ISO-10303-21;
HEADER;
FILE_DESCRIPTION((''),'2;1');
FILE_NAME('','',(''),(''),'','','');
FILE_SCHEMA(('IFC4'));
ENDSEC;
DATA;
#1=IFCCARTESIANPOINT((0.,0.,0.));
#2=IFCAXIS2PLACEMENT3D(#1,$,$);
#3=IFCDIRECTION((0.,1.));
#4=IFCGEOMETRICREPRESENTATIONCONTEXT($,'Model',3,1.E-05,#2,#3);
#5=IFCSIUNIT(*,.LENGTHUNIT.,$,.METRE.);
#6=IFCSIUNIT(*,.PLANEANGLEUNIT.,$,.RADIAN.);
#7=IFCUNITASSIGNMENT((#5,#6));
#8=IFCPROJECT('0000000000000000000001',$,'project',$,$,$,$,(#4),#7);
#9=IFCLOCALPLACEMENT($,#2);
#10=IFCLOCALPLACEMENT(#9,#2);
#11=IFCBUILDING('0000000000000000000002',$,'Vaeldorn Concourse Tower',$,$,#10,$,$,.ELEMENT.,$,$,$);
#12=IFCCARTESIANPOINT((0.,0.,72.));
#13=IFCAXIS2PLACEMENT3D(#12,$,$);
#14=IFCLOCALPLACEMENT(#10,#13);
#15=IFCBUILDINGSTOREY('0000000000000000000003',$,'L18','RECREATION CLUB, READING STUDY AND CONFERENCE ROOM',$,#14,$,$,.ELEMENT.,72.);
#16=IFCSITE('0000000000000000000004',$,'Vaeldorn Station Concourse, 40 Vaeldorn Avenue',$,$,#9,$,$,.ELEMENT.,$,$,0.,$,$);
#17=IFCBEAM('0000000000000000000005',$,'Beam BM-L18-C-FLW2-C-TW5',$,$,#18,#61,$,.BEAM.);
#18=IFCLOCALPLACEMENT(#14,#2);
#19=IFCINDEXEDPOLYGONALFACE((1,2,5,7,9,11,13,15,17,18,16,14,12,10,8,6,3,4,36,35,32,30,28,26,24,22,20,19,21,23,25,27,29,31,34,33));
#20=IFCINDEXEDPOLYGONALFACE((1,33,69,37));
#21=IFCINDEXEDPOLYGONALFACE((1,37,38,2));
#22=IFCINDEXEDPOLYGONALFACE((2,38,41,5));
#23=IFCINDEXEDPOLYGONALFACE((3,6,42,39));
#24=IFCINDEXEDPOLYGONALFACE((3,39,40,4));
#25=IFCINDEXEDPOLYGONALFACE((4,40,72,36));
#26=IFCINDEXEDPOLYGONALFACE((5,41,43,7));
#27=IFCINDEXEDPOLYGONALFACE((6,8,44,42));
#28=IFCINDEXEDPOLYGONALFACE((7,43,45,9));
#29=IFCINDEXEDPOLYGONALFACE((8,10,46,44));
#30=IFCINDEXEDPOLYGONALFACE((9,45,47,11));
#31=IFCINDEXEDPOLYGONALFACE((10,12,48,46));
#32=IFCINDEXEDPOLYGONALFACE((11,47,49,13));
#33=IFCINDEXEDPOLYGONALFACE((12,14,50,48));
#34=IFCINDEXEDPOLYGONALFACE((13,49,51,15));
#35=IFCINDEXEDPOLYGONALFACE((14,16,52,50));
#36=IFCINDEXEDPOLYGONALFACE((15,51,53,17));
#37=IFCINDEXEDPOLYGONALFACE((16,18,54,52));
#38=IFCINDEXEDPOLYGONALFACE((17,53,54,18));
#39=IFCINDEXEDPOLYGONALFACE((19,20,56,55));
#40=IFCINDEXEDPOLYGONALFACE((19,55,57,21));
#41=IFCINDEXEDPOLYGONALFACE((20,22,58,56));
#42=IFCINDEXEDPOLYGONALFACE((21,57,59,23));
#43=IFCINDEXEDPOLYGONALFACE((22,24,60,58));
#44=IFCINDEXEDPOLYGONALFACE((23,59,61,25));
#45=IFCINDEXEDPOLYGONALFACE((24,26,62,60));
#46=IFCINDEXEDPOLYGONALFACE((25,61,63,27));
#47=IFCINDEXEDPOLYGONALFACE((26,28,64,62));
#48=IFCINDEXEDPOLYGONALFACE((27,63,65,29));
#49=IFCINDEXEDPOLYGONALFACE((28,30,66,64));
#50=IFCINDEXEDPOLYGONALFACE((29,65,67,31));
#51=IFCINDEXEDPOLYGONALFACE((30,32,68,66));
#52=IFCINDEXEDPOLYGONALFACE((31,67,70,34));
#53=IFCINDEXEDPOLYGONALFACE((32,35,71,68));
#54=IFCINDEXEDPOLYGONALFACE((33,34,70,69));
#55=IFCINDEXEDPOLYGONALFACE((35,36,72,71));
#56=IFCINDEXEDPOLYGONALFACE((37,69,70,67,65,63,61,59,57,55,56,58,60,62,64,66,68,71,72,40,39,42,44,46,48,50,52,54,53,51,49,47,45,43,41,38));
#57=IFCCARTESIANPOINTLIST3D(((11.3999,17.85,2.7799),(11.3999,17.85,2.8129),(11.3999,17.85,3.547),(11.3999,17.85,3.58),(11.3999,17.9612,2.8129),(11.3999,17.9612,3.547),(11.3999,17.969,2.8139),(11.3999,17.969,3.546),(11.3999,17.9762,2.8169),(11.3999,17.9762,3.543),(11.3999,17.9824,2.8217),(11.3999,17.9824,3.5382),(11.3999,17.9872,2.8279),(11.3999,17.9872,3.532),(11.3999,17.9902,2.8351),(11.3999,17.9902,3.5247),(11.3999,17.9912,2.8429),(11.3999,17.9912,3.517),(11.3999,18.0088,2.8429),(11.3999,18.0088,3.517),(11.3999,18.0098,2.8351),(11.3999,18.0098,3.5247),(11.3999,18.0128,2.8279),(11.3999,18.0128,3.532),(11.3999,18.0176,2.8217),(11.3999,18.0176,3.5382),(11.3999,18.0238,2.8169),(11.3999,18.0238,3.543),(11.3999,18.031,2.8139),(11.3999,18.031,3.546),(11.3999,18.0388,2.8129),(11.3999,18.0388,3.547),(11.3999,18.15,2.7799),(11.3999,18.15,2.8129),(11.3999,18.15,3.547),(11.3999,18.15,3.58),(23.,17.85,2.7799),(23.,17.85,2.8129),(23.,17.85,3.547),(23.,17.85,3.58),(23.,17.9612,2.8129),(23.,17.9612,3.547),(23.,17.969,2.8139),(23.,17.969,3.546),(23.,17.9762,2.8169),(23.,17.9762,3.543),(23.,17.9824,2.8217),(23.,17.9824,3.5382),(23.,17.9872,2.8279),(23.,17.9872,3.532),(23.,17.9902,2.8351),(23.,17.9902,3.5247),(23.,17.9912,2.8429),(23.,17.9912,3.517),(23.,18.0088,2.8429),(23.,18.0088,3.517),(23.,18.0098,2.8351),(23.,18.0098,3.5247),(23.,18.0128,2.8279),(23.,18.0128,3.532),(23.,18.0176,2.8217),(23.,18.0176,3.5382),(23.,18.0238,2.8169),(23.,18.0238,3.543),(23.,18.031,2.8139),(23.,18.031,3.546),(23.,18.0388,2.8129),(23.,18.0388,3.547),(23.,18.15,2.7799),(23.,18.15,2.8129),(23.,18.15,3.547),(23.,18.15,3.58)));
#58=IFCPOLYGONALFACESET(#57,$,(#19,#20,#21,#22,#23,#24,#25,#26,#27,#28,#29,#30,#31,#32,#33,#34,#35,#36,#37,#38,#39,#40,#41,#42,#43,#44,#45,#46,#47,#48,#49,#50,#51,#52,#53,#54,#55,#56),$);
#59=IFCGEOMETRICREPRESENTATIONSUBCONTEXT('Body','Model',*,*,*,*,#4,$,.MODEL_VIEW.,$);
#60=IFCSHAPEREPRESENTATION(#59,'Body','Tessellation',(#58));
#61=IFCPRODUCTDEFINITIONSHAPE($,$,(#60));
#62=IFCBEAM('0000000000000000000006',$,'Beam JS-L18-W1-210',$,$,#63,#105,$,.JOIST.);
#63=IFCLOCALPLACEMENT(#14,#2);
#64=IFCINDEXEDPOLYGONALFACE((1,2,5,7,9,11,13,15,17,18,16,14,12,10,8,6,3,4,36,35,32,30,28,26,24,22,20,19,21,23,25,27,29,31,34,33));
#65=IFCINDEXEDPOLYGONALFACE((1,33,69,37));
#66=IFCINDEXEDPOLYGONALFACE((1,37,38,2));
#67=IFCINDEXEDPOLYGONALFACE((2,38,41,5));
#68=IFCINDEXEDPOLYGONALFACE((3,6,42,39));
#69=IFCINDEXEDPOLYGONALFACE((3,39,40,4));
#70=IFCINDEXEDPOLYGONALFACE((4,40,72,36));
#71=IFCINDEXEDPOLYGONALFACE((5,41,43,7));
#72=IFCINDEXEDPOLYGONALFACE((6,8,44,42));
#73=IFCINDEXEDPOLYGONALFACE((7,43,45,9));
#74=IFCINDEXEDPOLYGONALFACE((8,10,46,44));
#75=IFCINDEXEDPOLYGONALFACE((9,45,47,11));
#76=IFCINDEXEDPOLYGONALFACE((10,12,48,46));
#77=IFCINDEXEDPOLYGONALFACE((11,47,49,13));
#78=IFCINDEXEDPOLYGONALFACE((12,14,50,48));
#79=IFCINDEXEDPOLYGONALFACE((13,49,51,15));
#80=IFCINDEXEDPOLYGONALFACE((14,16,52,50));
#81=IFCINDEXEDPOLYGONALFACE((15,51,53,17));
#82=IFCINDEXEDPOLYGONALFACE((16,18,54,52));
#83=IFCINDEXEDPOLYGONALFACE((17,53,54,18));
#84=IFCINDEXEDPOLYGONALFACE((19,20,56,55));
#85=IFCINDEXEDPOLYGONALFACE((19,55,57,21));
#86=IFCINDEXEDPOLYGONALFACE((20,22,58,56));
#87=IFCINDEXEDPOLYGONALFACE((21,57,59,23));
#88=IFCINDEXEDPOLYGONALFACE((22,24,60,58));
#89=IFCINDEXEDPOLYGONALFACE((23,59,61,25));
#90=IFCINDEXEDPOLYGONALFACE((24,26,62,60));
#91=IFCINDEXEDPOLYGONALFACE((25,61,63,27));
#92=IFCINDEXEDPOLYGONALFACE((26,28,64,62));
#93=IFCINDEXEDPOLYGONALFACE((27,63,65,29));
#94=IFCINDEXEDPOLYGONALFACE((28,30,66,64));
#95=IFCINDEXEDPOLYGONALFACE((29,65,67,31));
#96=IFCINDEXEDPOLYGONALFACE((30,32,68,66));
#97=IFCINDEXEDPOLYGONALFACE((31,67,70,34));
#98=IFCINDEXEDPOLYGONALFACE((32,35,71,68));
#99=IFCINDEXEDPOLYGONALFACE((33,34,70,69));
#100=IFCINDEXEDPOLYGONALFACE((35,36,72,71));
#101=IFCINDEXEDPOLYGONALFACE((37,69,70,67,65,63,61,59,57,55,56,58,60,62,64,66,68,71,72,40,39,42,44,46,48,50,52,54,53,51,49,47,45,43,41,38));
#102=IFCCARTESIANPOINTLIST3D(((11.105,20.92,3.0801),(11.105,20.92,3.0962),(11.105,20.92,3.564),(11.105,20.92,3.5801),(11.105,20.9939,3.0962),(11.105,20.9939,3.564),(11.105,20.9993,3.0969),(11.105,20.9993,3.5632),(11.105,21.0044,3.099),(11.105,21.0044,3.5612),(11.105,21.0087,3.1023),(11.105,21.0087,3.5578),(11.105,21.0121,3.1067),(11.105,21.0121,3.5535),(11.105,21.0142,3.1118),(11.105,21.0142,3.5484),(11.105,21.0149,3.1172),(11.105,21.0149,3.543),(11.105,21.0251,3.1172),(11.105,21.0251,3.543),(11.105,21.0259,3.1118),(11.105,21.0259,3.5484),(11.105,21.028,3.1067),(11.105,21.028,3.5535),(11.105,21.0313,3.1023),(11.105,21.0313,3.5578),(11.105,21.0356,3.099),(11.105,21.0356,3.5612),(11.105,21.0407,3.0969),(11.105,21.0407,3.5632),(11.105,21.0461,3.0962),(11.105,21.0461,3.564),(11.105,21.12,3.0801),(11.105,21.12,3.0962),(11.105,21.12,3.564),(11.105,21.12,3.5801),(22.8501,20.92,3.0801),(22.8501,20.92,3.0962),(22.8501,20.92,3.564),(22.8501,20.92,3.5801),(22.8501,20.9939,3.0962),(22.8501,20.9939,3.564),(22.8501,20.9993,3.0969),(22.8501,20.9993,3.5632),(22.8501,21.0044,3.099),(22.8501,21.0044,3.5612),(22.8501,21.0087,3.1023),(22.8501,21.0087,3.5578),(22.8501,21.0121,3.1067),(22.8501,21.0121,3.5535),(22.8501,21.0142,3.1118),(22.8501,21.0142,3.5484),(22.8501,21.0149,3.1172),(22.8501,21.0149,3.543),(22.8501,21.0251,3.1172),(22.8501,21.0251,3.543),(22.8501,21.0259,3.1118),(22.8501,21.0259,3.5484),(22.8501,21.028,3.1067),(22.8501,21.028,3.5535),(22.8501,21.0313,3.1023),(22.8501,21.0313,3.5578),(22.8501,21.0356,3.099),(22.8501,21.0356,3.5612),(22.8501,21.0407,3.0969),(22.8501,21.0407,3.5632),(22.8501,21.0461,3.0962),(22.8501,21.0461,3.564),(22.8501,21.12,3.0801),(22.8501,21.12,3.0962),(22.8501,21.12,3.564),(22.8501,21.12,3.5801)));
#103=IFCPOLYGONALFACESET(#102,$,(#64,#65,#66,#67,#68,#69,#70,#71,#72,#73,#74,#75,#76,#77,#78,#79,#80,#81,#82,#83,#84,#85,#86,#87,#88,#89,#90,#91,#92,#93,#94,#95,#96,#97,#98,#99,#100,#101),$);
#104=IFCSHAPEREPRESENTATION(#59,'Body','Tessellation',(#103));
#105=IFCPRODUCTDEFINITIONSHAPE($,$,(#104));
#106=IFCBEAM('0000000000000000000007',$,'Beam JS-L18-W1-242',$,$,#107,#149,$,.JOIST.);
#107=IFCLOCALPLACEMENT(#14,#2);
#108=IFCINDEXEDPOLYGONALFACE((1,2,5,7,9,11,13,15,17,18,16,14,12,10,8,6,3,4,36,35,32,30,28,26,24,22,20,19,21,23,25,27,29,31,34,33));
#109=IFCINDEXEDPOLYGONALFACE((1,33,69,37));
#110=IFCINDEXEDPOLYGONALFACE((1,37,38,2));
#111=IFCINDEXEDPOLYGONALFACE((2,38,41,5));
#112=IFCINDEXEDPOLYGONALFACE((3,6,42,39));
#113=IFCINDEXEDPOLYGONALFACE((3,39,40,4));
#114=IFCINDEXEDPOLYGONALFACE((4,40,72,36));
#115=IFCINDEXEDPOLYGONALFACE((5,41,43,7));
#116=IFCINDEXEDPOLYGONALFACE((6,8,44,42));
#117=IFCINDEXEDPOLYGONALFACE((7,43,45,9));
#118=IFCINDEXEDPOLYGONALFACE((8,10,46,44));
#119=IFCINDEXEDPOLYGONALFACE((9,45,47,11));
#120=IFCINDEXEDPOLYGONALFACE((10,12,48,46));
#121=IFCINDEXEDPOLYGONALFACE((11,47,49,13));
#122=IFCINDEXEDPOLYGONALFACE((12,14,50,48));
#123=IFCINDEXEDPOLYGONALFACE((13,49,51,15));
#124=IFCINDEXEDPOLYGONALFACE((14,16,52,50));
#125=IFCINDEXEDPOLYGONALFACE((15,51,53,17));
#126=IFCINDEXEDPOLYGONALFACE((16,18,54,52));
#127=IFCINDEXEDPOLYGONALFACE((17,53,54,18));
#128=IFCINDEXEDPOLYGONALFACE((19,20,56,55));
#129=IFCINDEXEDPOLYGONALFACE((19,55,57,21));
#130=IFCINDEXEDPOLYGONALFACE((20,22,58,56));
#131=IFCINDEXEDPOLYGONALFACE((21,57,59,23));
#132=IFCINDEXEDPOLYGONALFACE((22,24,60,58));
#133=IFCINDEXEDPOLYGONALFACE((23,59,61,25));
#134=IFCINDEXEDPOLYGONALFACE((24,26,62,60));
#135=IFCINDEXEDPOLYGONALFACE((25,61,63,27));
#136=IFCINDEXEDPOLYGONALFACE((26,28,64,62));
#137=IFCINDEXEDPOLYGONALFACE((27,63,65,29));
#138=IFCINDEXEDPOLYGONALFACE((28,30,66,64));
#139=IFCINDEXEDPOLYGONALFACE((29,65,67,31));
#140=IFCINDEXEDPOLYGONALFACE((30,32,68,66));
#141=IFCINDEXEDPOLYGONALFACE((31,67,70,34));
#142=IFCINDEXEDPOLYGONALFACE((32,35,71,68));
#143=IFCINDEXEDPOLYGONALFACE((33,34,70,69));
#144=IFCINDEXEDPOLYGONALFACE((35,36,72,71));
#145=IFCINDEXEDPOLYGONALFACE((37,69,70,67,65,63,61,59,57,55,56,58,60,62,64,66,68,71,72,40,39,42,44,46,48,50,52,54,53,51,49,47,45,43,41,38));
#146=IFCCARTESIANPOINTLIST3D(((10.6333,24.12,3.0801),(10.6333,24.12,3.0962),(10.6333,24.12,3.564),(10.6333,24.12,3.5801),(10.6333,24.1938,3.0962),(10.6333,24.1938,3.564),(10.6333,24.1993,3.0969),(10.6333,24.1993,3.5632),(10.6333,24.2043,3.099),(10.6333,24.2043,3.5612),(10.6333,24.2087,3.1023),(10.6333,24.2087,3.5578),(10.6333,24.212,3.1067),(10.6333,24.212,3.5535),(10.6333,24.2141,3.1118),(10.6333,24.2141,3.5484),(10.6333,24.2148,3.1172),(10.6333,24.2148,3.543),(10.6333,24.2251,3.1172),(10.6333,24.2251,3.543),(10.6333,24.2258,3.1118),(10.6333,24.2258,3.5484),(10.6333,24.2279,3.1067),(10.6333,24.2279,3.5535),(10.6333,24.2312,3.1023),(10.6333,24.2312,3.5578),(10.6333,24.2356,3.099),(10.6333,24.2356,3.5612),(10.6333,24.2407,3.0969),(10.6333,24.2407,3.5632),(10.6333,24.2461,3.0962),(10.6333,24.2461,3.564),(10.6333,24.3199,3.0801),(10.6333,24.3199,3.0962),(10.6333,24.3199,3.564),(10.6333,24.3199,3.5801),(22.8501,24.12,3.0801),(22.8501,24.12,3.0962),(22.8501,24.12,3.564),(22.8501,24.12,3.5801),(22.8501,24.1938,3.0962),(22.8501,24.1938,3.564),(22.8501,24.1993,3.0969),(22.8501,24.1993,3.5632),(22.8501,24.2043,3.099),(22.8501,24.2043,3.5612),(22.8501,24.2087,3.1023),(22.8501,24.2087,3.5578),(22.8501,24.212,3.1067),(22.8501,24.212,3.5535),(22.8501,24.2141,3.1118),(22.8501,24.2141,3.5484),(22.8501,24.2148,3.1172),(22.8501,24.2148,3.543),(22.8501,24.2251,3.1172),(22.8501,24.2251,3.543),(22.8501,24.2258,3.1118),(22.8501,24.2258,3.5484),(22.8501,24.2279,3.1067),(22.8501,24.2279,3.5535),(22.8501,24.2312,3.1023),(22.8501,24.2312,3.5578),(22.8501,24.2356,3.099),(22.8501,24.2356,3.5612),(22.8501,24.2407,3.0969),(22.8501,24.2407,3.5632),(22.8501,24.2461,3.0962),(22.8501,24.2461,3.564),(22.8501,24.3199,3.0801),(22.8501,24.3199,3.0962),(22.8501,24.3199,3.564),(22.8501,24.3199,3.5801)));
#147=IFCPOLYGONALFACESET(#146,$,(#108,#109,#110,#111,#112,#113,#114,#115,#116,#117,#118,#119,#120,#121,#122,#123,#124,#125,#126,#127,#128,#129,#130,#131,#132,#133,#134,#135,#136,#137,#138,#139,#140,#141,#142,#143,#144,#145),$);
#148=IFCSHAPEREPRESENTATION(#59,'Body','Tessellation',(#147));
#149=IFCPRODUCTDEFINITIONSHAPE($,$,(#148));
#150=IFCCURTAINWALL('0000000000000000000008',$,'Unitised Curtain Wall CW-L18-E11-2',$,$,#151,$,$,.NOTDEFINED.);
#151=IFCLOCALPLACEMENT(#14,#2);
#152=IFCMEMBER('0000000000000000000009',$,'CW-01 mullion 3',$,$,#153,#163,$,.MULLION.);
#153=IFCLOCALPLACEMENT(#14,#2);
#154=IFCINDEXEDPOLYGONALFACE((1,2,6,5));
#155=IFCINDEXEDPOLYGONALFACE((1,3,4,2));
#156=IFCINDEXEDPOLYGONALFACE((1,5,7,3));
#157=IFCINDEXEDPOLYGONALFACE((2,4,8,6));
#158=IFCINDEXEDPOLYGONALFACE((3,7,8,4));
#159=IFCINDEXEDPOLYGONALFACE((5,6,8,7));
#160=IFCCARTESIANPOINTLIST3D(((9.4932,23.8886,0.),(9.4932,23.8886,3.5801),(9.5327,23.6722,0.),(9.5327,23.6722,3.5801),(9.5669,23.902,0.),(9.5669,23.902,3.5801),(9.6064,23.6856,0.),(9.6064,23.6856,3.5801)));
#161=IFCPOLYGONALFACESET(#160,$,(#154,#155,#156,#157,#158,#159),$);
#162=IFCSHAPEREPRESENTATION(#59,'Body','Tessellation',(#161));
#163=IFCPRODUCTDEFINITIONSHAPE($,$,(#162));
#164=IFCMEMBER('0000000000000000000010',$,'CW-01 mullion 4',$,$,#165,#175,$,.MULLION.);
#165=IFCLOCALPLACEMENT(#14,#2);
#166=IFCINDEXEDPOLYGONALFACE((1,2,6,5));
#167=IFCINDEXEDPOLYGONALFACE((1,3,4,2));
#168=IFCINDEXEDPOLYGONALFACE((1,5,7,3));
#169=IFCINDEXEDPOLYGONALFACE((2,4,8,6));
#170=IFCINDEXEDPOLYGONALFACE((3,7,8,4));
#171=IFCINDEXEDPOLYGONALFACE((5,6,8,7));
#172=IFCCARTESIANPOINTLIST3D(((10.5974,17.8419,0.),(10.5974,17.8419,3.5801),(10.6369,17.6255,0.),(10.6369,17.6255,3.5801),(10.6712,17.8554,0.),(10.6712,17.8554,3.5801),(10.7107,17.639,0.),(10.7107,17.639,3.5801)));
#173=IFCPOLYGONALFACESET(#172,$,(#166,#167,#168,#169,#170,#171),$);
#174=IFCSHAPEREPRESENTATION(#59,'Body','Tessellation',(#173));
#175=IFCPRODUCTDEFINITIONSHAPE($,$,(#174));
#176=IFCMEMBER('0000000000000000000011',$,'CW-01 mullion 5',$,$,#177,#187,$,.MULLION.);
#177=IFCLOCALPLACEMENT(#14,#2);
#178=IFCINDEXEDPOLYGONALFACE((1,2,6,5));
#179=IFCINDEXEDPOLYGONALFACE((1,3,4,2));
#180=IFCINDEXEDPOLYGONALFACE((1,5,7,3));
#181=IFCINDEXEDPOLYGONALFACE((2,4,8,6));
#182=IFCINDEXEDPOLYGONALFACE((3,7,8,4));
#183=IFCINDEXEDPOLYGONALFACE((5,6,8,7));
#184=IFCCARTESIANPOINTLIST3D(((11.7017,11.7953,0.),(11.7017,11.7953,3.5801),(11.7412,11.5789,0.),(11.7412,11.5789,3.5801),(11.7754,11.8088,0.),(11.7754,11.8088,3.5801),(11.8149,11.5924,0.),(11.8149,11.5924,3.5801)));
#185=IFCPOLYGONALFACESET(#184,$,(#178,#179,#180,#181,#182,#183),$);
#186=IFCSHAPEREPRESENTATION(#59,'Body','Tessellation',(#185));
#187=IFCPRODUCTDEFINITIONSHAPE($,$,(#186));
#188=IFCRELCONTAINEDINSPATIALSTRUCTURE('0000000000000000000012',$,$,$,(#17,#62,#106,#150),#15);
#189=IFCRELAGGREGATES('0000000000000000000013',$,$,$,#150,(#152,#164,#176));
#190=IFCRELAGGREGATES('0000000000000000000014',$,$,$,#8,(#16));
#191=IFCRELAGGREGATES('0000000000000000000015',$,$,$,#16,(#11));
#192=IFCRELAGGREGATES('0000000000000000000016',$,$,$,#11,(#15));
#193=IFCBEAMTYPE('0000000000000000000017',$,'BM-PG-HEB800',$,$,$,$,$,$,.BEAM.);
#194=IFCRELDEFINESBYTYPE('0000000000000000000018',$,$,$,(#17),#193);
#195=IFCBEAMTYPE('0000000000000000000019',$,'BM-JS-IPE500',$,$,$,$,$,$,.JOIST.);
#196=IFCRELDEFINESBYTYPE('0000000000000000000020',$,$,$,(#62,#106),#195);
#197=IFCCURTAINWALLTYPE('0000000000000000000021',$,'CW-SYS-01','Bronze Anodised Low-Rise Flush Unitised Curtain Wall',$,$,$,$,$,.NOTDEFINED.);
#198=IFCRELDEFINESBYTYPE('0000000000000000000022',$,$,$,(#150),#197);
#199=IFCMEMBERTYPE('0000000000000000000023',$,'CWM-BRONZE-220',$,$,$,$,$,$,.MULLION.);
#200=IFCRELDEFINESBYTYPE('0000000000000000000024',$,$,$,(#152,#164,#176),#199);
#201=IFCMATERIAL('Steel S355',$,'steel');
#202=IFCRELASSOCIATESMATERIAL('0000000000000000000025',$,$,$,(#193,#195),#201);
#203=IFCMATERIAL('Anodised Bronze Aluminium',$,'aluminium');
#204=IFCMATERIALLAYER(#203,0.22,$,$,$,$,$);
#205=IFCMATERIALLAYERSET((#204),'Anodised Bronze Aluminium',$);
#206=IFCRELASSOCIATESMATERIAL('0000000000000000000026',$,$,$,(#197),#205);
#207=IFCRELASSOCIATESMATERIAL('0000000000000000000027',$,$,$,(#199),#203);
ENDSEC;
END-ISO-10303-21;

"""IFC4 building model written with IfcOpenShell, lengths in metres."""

from ifc_helpers import new_model, si_unit, direction, frame, origin, origin_2d, place, context, subcontext, project, spatial, rectangle, i_section, extrude, source, transform, mapped, material, layer, layer_set, material_profile, profile_set, type_object, element, aggregate, save


model = new_model("IFC4")

# Units and contexts
model_context = context("Model", 3, precision=1e-05, world=origin(), true_north=direction((0.0, 1.0)))
body_context = subcontext(model_context, "Body", "Model", "MODEL_VIEW")
ifc_project = project(units=[si_unit("LENGTHUNIT", "METRE"), si_unit("PLANEANGLEUNIT", "RADIAN")], contexts=[model_context])

# Site, building, storey
site_placement = place(None, origin())
site = spatial("IfcSite", under=ifc_project, at=site_placement, Name="Vaeldorn Station Concourse, 40 Vaeldorn Avenue", CompositionType="ELEMENT", RefElevation=0.0)
building_placement = place(site_placement, origin())
building = spatial("IfcBuilding", under=site, at=building_placement, Name="Vaeldorn Concourse Tower", CompositionType="ELEMENT")
storey_placement = place(building_placement, frame((0.0, 0.0, 72.0)))
storey = spatial("IfcBuildingStorey", under=building, at=storey_placement, Name="L18", Description="RECREATION CLUB, READING STUDY AND CONFERENCE ROOM", CompositionType="ELEMENT", Elevation=72.0)

# Beams
ifc_material_1 = material(Name="Steel S355", Category="steel")
ifc_material_profile_1 = material_profile(ifc_material_1, i_section(OverallWidth=0.3, OverallDepth=0.8, WebThickness=0.0176, FlangeThickness=0.033, FilletRadius=0.03, at=origin_2d()), Name="HEB 800")
ifc_profile_set_1 = profile_set([ifc_material_profile_1], Name="Steel S355")
beam_type_1 = type_object("IfcBeamType", Name="BM-PG-HEB800", PredefinedType="BEAM", material=ifc_profile_set_1)
shared_shape_1 = source(origin(), body_context, "Body", "SweptSolid", [
    extrude(i_section(OverallWidth=0.3, OverallDepth=0.8, WebThickness=0.0176, FlangeThickness=0.033, FilletRadius=0.03, at=origin_2d()), origin(), (0.0, 0.0, 1.0), 11.6001),
])
beam_1_placement = place(storey_placement, frame((11.3999, 18.0, 3.1799), z_axis=(1.0, 0.0, 0.0), x_axis=(0.0, 1.0, 0.0)))
element("IfcBeam", 1, at=beam_1_placement, inside=storey, type_object=beam_type_1, Name="Beam BM-L18-C-FLW2-C-TW5", PredefinedType="BEAM", context=body_context, shape_type="MappedRepresentation", body=[
    mapped(shared_shape_1, transform((0.0, 0.0, 0.0), scale=1.0)),
])
ifc_material_profile_2 = material_profile(ifc_material_1, i_section(OverallWidth=0.2, OverallDepth=0.5, WebThickness=0.0103, FlangeThickness=0.0161, FilletRadius=0.021, at=origin_2d()), Name="IPE 500")
ifc_profile_set_2 = profile_set([ifc_material_profile_2], Name="Steel S355")
beam_type_2 = type_object("IfcBeamType", Name="BM-JS-IPE500", PredefinedType="JOIST", material=ifc_profile_set_2)
shared_shape_2 = source(origin(), body_context, "Body", "SweptSolid", [
    extrude(i_section(OverallWidth=0.2, OverallDepth=0.5, WebThickness=0.0103, FlangeThickness=0.0161, FilletRadius=0.021, at=origin_2d()), origin(), (0.0, 0.0, 1.0), 11.7451),
])
beam_2_placement = place(storey_placement, frame((11.105, 21.02, 3.3301), z_axis=(1.0, 0.0, 0.0), x_axis=(0.0, 1.0, 0.0)))
element("IfcBeam", 2, at=beam_2_placement, inside=storey, type_object=beam_type_2, Name="Beam JS-L18-W1-210", PredefinedType="JOIST", context=body_context, shape_type="MappedRepresentation", body=[
    mapped(shared_shape_2, transform((0.0, 0.0, 0.0), scale=1.0)),
])
shared_shape_3 = source(origin(), body_context, "Body", "SweptSolid", [
    extrude(i_section(OverallWidth=0.2, OverallDepth=0.5, WebThickness=0.0103, FlangeThickness=0.0161, FilletRadius=0.021, at=origin_2d()), origin(), (0.0, 0.0, 1.0), 12.2168),
])
beam_3_placement = place(storey_placement, frame((10.6333, 24.22, 3.3301), z_axis=(1.0, 0.0, 0.0), x_axis=(0.0, 1.0, 0.0)))
element("IfcBeam", 3, at=beam_3_placement, inside=storey, type_object=beam_type_2, Name="Beam JS-L18-W1-242", PredefinedType="JOIST", context=body_context, shape_type="MappedRepresentation", body=[
    mapped(shared_shape_3, transform((0.0, 0.0, 0.0), scale=1.0)),
])

# Curtain wall, members
ifc_material_2 = material(Name="Anodised Bronze Aluminium", Category="aluminium")
ifc_layer_1 = layer(ifc_material_2, 0.22)
ifc_layer_set_1 = layer_set([ifc_layer_1], Name="Anodised Bronze Aluminium")
curtain_wall_type = type_object("IfcCurtainWallType", Name="CW-SYS-01", Description="Bronze Anodised Low-Rise Flush Unitised Curtain Wall", PredefinedType="NOTDEFINED", material=ifc_layer_set_1)
curtain_wall_placement = place(storey_placement, origin())
curtain_wall = element("IfcCurtainWall", 4, at=curtain_wall_placement, inside=storey, type_object=curtain_wall_type, Name="Unitised Curtain Wall CW-L18-E11-2", PredefinedType="NOTDEFINED")
ifc_material_profile_3 = material_profile(ifc_material_2, rectangle(XDim=0.075, YDim=0.22, at=origin_2d()), Name="CWM 75x220")
ifc_profile_set_3 = profile_set([ifc_material_profile_3], Name="Anodised Bronze Aluminium")
member_type_1 = type_object("IfcMemberType", Name="CWM-BRONZE-220", PredefinedType="MULLION", material=ifc_profile_set_3)
shared_shape_4 = source(origin(), body_context, "Body", "SweptSolid", [
    extrude(rectangle(XDim=0.075, YDim=0.22, at=origin_2d()), origin(), (0.0, 0.0, 1.0), 3.5801),
])
member_1_placement = place(storey_placement, frame((9.5498, 23.7871, 0.0), z_axis=(0.0, 0.0, 1.0), x_axis=(0.983729, 0.179658, 0.0)))
member_1 = element("IfcMember", 5, at=member_1_placement, type_object=member_type_1, Name="CW-01 mullion 3", PredefinedType="MULLION", context=body_context, shape_type="MappedRepresentation", body=[
    mapped(shared_shape_4, transform((0.0, 0.0, 0.0), scale=1.0)),
])
member_2_placement = place(storey_placement, frame((10.6541, 17.7405, 0.0), z_axis=(0.0, 0.0, 1.0), x_axis=(0.983729, 0.179658, 0.0)))
member_2 = element("IfcMember", 6, at=member_2_placement, type_object=member_type_1, Name="CW-01 mullion 4", PredefinedType="MULLION", context=body_context, shape_type="MappedRepresentation", body=[
    mapped(shared_shape_4, transform((0.0, 0.0, 0.0), scale=1.0)),
])
member_3_placement = place(storey_placement, frame((11.7583, 11.6938, 0.0), z_axis=(0.0, 0.0, 1.0), x_axis=(0.983729, 0.179658, 0.0)))
member_3 = element("IfcMember", 7, at=member_3_placement, type_object=member_type_1, Name="CW-01 mullion 5", PredefinedType="MULLION", context=body_context, shape_type="MappedRepresentation", body=[
    mapped(shared_shape_4, transform((0.0, 0.0, 0.0), scale=1.0)),
])
aggregate(curtain_wall, [member_1, member_2, member_3])

save(model, "model.ifc")
